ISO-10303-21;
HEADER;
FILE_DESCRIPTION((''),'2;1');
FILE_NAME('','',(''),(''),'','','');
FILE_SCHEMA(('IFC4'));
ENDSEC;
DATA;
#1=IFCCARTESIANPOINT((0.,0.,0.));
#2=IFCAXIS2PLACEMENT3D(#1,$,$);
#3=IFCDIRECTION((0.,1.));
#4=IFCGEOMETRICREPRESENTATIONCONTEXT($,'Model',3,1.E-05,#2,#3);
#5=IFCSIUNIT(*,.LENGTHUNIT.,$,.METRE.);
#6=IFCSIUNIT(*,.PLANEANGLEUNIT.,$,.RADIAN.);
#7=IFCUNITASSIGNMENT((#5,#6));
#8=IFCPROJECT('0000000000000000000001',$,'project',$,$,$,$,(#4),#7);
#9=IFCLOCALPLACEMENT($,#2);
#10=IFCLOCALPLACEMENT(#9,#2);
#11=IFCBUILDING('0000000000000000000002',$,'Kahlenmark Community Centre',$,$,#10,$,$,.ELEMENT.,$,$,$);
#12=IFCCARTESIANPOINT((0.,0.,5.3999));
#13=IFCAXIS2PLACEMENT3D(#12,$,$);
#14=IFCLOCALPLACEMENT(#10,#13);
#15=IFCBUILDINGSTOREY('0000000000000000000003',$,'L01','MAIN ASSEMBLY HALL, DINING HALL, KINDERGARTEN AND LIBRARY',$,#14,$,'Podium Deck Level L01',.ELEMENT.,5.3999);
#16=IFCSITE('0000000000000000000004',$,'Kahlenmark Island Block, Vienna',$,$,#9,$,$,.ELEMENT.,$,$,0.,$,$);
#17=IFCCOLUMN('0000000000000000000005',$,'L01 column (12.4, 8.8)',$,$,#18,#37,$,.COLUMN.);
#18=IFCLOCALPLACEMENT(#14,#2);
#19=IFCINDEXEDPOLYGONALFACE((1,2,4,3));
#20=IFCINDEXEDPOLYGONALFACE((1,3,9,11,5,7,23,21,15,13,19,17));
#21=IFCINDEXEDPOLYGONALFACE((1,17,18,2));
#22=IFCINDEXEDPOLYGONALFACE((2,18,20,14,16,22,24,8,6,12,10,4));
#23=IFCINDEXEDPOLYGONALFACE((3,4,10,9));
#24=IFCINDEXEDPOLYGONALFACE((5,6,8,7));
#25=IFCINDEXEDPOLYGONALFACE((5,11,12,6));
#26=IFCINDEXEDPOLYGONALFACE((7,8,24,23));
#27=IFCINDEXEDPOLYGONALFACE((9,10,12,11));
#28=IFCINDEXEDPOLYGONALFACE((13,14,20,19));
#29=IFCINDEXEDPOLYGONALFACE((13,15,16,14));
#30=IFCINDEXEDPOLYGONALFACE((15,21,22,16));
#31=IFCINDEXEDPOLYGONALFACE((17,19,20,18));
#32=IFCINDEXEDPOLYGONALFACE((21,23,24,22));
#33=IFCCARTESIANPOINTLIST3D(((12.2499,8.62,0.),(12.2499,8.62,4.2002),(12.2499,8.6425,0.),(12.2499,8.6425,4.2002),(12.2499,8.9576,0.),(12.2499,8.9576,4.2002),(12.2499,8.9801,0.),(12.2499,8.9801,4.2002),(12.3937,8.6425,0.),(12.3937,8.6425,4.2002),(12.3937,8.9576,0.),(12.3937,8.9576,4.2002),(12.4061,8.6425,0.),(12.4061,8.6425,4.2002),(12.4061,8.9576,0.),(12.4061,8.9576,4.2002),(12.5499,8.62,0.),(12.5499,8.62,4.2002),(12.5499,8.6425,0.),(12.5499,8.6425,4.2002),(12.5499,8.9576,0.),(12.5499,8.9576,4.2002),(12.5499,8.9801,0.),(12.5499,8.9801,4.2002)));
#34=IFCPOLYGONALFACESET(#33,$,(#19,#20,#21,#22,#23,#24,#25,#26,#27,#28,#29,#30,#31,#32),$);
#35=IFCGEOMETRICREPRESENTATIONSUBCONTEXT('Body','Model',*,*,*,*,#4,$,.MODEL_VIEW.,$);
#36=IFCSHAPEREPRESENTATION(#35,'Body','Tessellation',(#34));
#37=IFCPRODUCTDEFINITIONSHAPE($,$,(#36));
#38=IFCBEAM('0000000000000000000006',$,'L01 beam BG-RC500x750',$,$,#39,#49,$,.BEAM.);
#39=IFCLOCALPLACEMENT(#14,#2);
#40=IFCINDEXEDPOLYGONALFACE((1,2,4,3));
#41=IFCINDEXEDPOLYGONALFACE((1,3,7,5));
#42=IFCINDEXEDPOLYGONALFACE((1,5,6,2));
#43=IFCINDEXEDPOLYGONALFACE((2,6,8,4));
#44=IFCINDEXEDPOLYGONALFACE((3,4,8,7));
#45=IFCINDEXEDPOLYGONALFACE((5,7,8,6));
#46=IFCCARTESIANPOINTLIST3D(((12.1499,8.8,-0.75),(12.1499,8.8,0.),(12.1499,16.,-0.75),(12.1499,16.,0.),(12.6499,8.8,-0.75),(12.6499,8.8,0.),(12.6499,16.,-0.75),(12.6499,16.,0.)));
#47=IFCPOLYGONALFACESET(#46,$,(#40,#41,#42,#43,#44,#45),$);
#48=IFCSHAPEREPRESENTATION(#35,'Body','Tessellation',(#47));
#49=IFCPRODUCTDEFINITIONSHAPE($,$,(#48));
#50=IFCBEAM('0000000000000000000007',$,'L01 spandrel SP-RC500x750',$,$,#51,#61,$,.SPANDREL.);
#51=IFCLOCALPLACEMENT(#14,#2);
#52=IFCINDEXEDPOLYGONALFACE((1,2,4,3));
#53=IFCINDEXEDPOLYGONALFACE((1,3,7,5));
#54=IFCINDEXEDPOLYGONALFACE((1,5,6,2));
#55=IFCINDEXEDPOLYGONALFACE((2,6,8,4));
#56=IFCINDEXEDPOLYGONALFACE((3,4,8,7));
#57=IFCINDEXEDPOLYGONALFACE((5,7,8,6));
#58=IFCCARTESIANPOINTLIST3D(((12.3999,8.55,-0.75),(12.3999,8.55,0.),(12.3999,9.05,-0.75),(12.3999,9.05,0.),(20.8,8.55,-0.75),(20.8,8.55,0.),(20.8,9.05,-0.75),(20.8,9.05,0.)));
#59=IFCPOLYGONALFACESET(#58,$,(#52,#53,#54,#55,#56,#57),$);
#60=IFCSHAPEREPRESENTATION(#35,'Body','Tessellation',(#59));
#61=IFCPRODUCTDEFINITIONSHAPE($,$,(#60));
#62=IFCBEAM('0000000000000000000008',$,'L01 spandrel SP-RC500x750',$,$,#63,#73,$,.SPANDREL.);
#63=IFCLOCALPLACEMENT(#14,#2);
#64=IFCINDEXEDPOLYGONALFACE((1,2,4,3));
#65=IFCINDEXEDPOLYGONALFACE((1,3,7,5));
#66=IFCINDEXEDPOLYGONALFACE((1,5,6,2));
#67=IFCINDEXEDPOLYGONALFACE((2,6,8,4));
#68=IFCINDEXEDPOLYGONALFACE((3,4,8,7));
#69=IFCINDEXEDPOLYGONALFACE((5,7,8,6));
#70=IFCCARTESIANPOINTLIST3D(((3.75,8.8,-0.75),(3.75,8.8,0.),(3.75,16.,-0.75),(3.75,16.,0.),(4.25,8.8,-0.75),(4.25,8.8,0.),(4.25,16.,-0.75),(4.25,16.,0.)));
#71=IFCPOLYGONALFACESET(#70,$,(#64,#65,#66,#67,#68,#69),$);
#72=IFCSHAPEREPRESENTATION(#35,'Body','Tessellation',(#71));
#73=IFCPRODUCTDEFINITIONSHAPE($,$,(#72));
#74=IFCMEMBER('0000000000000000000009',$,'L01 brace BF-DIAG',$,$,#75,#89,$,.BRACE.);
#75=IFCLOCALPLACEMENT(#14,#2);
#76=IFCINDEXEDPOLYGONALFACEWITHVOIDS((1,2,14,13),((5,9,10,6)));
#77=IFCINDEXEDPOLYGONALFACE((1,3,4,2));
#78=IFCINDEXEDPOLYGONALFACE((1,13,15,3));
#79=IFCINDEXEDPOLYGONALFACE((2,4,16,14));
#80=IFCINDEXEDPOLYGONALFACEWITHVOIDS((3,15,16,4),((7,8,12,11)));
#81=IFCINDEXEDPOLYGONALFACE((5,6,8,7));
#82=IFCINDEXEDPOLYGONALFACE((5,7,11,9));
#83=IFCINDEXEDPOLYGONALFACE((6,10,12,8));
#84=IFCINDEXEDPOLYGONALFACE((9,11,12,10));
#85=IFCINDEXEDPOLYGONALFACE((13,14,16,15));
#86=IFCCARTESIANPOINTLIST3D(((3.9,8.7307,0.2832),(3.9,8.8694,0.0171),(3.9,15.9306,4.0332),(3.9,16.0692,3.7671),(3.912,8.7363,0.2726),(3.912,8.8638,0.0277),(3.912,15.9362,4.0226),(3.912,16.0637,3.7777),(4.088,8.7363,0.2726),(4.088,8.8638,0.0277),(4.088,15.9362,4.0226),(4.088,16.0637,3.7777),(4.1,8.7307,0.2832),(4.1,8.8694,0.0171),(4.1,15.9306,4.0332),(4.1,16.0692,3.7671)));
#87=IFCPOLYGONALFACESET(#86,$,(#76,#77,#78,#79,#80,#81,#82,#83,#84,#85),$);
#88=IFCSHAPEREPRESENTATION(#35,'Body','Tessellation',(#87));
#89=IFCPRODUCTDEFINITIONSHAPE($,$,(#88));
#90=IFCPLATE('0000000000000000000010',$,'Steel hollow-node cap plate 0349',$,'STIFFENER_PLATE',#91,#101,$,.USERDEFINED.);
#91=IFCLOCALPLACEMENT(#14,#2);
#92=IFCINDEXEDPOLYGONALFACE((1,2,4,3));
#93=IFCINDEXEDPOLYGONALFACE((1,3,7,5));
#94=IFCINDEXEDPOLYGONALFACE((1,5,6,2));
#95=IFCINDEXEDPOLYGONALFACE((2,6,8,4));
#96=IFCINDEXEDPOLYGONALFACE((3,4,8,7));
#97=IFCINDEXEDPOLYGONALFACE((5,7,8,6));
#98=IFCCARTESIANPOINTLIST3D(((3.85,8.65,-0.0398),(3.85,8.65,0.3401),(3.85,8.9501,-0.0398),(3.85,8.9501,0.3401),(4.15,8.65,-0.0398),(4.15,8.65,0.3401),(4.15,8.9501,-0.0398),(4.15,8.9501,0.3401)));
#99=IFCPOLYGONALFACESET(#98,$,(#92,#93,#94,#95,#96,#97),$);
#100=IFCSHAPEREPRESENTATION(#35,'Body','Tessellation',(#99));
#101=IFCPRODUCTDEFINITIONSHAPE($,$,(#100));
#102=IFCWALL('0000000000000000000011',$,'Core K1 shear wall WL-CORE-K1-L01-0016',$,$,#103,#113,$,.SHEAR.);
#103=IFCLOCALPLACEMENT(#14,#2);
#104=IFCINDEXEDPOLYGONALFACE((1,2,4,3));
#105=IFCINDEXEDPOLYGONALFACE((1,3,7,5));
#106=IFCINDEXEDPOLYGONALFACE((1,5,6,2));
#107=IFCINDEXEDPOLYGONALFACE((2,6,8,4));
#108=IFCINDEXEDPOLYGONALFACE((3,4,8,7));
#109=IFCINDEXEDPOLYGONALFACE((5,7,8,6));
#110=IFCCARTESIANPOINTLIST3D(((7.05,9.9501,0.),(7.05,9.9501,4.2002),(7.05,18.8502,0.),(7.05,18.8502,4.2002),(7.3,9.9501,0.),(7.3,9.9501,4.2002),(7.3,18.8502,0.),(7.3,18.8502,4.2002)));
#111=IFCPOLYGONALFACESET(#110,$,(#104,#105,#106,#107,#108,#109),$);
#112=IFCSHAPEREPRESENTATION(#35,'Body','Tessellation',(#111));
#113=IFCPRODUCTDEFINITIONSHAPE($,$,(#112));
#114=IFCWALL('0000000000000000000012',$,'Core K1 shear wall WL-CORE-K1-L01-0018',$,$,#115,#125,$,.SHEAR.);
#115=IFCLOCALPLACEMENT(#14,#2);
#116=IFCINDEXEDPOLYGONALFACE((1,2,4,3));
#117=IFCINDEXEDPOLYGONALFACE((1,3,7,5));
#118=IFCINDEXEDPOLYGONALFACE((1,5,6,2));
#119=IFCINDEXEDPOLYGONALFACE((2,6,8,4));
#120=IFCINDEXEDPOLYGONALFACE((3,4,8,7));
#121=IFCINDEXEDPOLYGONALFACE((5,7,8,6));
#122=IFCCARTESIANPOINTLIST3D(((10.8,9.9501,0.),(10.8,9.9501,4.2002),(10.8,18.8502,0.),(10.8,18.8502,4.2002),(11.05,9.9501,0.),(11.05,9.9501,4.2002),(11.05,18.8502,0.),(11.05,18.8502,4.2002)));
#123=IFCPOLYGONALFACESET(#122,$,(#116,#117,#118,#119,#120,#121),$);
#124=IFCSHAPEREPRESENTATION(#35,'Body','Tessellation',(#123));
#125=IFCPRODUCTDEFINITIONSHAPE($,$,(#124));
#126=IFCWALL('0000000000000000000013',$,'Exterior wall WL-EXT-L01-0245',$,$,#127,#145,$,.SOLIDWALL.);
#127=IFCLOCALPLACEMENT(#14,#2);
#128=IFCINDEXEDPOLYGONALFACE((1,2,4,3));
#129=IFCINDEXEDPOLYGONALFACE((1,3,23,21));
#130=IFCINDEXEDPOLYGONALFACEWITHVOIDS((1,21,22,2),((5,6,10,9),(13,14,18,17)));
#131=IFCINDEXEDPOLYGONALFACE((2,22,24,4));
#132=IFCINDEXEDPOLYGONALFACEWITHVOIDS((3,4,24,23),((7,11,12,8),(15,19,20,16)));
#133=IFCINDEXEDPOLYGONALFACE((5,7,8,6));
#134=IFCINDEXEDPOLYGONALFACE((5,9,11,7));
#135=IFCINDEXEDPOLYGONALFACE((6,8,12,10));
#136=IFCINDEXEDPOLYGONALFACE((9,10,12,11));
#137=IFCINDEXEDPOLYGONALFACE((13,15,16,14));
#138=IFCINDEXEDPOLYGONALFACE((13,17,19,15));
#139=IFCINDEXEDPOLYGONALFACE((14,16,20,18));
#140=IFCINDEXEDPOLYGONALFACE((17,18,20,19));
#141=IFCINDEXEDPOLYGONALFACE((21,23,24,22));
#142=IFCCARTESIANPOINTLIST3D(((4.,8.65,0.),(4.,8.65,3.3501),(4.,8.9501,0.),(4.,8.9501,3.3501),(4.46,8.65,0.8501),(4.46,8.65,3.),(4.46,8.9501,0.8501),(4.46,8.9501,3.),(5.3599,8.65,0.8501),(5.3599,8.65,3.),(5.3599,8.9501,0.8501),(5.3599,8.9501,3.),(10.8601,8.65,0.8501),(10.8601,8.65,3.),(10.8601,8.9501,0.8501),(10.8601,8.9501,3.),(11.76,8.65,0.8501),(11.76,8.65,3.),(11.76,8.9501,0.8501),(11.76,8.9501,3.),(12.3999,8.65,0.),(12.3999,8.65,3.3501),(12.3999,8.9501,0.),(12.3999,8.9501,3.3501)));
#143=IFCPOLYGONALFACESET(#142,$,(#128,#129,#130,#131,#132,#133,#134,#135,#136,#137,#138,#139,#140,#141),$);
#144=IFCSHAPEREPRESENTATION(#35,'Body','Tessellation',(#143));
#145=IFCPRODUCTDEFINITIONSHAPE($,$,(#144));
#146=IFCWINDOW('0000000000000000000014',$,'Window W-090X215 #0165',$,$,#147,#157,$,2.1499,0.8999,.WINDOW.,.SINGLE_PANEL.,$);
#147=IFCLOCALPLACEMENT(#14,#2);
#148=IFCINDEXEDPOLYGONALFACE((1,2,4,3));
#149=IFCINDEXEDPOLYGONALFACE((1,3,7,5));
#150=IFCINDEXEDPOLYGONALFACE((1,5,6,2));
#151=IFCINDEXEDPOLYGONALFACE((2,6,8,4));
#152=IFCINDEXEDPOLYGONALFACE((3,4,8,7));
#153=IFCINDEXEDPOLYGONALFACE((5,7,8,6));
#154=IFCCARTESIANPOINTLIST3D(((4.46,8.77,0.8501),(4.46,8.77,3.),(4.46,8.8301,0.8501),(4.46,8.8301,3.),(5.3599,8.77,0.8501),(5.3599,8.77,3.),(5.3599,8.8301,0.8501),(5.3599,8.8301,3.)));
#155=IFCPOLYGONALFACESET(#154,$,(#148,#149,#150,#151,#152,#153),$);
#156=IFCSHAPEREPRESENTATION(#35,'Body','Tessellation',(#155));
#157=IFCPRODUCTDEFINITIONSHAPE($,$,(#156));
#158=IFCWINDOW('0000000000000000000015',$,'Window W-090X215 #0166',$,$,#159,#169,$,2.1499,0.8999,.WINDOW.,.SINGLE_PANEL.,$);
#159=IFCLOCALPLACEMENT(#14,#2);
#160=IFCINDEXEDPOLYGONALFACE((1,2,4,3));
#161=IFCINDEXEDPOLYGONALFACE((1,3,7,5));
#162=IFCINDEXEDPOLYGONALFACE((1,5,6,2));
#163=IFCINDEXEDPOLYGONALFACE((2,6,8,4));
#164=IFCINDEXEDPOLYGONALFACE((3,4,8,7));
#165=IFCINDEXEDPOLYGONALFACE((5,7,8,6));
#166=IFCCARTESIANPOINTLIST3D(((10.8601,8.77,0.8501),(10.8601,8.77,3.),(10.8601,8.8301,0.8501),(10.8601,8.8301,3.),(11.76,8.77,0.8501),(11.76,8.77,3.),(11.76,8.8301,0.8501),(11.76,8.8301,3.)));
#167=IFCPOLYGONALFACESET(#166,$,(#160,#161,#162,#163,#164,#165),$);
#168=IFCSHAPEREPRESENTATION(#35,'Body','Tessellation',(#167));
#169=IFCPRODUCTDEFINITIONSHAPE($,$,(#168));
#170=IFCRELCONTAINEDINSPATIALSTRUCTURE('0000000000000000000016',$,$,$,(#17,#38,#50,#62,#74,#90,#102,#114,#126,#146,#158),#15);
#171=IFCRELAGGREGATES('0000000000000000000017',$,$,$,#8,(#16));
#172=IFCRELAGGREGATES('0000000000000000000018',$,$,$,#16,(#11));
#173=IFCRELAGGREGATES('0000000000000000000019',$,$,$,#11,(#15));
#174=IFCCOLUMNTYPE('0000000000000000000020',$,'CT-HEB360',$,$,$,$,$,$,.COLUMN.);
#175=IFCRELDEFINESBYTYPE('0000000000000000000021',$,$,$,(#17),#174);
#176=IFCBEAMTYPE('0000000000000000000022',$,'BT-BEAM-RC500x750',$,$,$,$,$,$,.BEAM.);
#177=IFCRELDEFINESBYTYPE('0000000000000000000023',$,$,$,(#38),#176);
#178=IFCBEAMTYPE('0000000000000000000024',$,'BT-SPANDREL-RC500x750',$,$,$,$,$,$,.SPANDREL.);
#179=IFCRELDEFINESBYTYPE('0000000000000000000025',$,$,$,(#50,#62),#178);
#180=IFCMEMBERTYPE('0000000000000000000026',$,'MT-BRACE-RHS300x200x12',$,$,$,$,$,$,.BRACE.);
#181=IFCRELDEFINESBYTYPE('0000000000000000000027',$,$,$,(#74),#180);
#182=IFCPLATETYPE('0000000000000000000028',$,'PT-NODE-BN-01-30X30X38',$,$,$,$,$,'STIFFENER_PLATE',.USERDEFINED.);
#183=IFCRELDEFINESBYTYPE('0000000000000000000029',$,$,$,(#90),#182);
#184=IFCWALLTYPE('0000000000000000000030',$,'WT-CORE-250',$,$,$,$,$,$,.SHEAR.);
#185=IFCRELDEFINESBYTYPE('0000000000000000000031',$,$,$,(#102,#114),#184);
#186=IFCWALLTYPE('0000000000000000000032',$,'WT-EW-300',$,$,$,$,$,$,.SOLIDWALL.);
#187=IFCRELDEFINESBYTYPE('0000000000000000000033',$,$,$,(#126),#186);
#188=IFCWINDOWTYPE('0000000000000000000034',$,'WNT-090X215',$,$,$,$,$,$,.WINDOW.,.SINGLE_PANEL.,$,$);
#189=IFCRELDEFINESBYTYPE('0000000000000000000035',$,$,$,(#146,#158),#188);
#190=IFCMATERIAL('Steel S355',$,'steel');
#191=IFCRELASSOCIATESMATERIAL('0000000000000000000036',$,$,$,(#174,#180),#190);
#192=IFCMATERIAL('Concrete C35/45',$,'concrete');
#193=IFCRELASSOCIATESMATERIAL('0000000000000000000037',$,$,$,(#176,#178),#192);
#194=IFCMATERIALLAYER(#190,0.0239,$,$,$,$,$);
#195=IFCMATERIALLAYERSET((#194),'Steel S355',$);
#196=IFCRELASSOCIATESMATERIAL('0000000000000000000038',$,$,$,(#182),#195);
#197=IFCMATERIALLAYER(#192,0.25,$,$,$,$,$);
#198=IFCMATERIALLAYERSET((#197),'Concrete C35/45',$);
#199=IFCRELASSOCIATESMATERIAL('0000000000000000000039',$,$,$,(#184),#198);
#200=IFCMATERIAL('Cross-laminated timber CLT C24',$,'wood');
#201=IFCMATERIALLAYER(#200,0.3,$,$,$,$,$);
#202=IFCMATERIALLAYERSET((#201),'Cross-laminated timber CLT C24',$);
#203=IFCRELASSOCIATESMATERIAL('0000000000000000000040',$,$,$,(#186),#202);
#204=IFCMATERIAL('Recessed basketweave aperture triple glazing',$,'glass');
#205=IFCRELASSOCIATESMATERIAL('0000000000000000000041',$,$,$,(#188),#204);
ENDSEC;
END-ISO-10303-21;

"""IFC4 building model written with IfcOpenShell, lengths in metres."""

from ifc_helpers import new_model, si_unit, direction, frame, frame_2d, origin, origin_2d, place, context, subcontext, project, spatial, rectangle, hollow_rectangle, i_section, extrude, material, layer, layer_set, material_profile, profile_set, type_object, element, fill, save


model = new_model("IFC4")

# Units and contexts
model_context = context("Model", 3, precision=1e-05, world=origin(), true_north=direction((0.0, 1.0)))
body_context = subcontext(model_context, "Body", "Model", "MODEL_VIEW")
ifc_project = project(units=[si_unit("LENGTHUNIT", "METRE"), si_unit("PLANEANGLEUNIT", "RADIAN")], contexts=[model_context])

# Site, building, storey
site_placement = place(None, origin())
site = spatial("IfcSite", under=ifc_project, at=site_placement, Name="Kahlenmark Island Block, Vienna", CompositionType="ELEMENT", RefElevation=0.0)
building_placement = place(site_placement, origin())
building = spatial("IfcBuilding", under=site, at=building_placement, Name="Kahlenmark Community Centre", CompositionType="ELEMENT")
storey_placement = place(building_placement, frame((0.0, 0.0, 5.3999)))
storey = spatial("IfcBuildingStorey", under=building, at=storey_placement, Name="L01", Description="MAIN ASSEMBLY HALL, DINING HALL, KINDERGARTEN AND LIBRARY", LongName="Podium Deck Level L01", CompositionType="ELEMENT", Elevation=5.3999)

# Column
ifc_material_1 = material(Name="Steel S355", Category="steel")
ifc_material_profile_1 = material_profile(ifc_material_1, i_section(OverallWidth=0.3, OverallDepth=0.3601, WebThickness=0.0125, FlangeThickness=0.0225, at=origin_2d()), Name="HEB 360")
ifc_profile_set_1 = profile_set([ifc_material_profile_1], Name="Steel S355")
column_type = type_object("IfcColumnType", Name="CT-HEB360", PredefinedType="COLUMN", material=ifc_profile_set_1)
column_placement = place(storey_placement, frame((12.3999, 8.8, 0.0), z_axis=(0.0, 0.0, 1.0), x_axis=(1.0, 0.0, 0.0)))
element("IfcColumn", 1, at=column_placement, inside=storey, type_object=column_type, Name="L01 column (12.4, 8.8)", PredefinedType="COLUMN", context=body_context, shape_type="SweptSolid", body=[
    extrude(i_section(OverallWidth=0.3, OverallDepth=0.3601, WebThickness=0.0125, FlangeThickness=0.0225, at=origin_2d()), origin(), (0.0, 0.0, 1.0), 4.2002),
])

# Beams
ifc_material_2 = material(Name="Concrete C35/45", Category="concrete")
ifc_material_profile_2 = material_profile(ifc_material_2, rectangle(XDim=0.5, YDim=0.75, at=origin_2d()), Name="RC 500x750")
ifc_profile_set_2 = profile_set([ifc_material_profile_2], Name="Concrete C35/45")
beam_type_1 = type_object("IfcBeamType", Name="BT-BEAM-RC500x750", PredefinedType="BEAM", material=ifc_profile_set_2)
beam_1_placement = place(storey_placement, frame((12.3999, 8.8, -0.375), z_axis=(0.0, 1.0, 0.0), x_axis=(-1.0, 0.0, 0.0)))
element("IfcBeam", 2, at=beam_1_placement, inside=storey, type_object=beam_type_1, Name="L01 beam BG-RC500x750", PredefinedType="BEAM", context=body_context, shape_type="SweptSolid", body=[
    extrude(rectangle(XDim=0.5, YDim=0.75, at=origin_2d()), origin(), (0.0, 0.0, 1.0), 7.2),
])
ifc_material_profile_3 = material_profile(ifc_material_2, rectangle(XDim=0.5, YDim=0.75, at=origin_2d()), Name="RC 500x750")
ifc_profile_set_3 = profile_set([ifc_material_profile_3], Name="Concrete C35/45")
beam_type_2 = type_object("IfcBeamType", Name="BT-SPANDREL-RC500x750", PredefinedType="SPANDREL", material=ifc_profile_set_3)
beam_2_placement = place(storey_placement, frame((12.3999, 8.8, -0.375), z_axis=(1.0, 0.0, 0.0), x_axis=(0.0, 1.0, 0.0)))
element("IfcBeam", 3, at=beam_2_placement, inside=storey, type_object=beam_type_2, Name="L01 spandrel SP-RC500x750", PredefinedType="SPANDREL", context=body_context, shape_type="SweptSolid", body=[
    extrude(rectangle(XDim=0.5, YDim=0.75, at=origin_2d()), origin(), (0.0, 0.0, 1.0), 8.4001),
])
beam_3_placement = place(storey_placement, frame((4.0, 8.8, -0.375), z_axis=(0.0, 1.0, 0.0), x_axis=(-1.0, 0.0, 0.0)))
element("IfcBeam", 4, at=beam_3_placement, inside=storey, type_object=beam_type_2, Name="L01 spandrel SP-RC500x750", PredefinedType="SPANDREL", context=body_context, shape_type="SweptSolid", body=[
    extrude(rectangle(XDim=0.5, YDim=0.75, at=origin_2d()), origin(), (0.0, 0.0, 1.0), 7.2),
])

# Member
ifc_material_profile_4 = material_profile(ifc_material_1, hollow_rectangle(XDim=0.2, YDim=0.3, WallThickness=0.012, at=origin_2d()), Name="RHS 300x200x12")
ifc_profile_set_4 = profile_set([ifc_material_profile_4], Name="Steel S355")
member_type = type_object("IfcMemberType", Name="MT-BRACE-RHS300x200x12", PredefinedType="BRACE", material=ifc_profile_set_4)
member_placement = place(storey_placement, frame((4.0, 8.8, 0.1501), z_axis=(0.0, 0.886913, 0.461937), x_axis=(-1.0, 0.0, 0.0)))
element("IfcMember", 5, at=member_placement, inside=storey, type_object=member_type, Name="L01 brace BF-DIAG", PredefinedType="BRACE", context=body_context, shape_type="SweptSolid", body=[
    extrude(hollow_rectangle(XDim=0.2, YDim=0.3, WallThickness=0.012, at=origin_2d()), origin(), (0.0, 0.0, 1.0), 8.1179),
])

# Plate
ifc_layer_1 = layer(ifc_material_1, 0.0239)
ifc_layer_set_1 = layer_set([ifc_layer_1], Name="Steel S355")
plate_type = type_object("IfcPlateType", Name="PT-NODE-BN-01-30X30X38", ElementType="STIFFENER_PLATE", PredefinedType="USERDEFINED", material=ifc_layer_set_1)
plate_placement = place(storey_placement, frame((4.0, 8.8, -0.0398), z_axis=(0.0, 0.0, 1.0), x_axis=(1.0, 0.0, 0.0)))
element("IfcPlate", 6, at=plate_placement, inside=storey, type_object=plate_type, Name="Steel hollow-node cap plate 0349", ObjectType="STIFFENER_PLATE", PredefinedType="USERDEFINED", context=body_context, shape_type="SweptSolid", body=[
    extrude(rectangle(XDim=0.3, YDim=0.3, at=origin_2d()), origin(), (0.0, 0.0, 1.0), 0.3799),
])

# Shared definitions
ifc_layer_2 = layer(ifc_material_2, 0.25)
ifc_layer_set_2 = layer_set([ifc_layer_2], Name="Concrete C35/45")
wall_type_1 = type_object("IfcWallType", Name="WT-CORE-250", PredefinedType="SHEAR", material=ifc_layer_set_2)

# Walls
for number, where, z_axis, x_axis, name in (
    (7, (7.175, 9.95, 0.0), (0.0, 0.0, 1.0), (0.0, 1.0, 0.0), "Core K1 shear wall WL-CORE-K1-L01-0016"),
    (8, (10.925, 9.95, 0.0), (0.0, 0.0, 1.0), (0.0, 1.0, 0.0), "Core K1 shear wall WL-CORE-K1-L01-0018"),
):
    element("IfcWall", number, at=place(storey_placement, frame(where, z_axis=z_axis, x_axis=x_axis)), inside=storey, type_object=wall_type_1, Name=name, PredefinedType="SHEAR", context=body_context, shape_type="SweptSolid", body=[
        extrude(rectangle(XDim=8.9001, YDim=0.25, at=frame_2d((4.4502, 0.0))), origin(), (0.0, 0.0, 1.0), 4.2002),
    ])

# Wall, openings, windows
ifc_material_3 = material(Name="Cross-laminated timber CLT C24", Category="wood")
ifc_layer_3 = layer(ifc_material_3, 0.3)
ifc_layer_set_3 = layer_set([ifc_layer_3], Name="Cross-laminated timber CLT C24")
wall_type_2 = type_object("IfcWallType", Name="WT-EW-300", PredefinedType="SOLIDWALL", material=ifc_layer_set_3)
wall_1_placement = place(storey_placement, frame((4.0, 8.8, 0.0), z_axis=(0.0, 0.0, 1.0), x_axis=(1.0, 0.0, 0.0)))
wall_1 = element("IfcWall", 9, at=wall_1_placement, inside=storey, type_object=wall_type_2, Name="Exterior wall WL-EXT-L01-0245", PredefinedType="SOLIDWALL", context=body_context, shape_type="SweptSolid", body=[
    extrude(rectangle(XDim=8.3999, YDim=0.3, at=frame_2d((4.2, 0.0))), origin(), (0.0, 0.0, 1.0), 3.3501),
])
opening_1_placement = place(wall_1_placement, frame((0.46, 0.0, 0.8501)))
opening_1 = element("IfcOpeningElement", 10, at=opening_1_placement, cuts=wall_1, PredefinedType="OPENING", context=body_context, shape_type="SweptSolid", body=[
    extrude(rectangle(XDim=0.8999, YDim=2.1499, at=frame_2d((0.45, 1.075))), frame((0.0, 0.1599, 0.0), z_axis=(0.0, -1.0, 0.0), x_axis=(1.0, 0.0, 0.0)), (0.0, 0.0, 1.0), 0.3201),
])
opening_2_placement = place(wall_1_placement, frame((6.8601, 0.0, 0.8501)))
opening_2 = element("IfcOpeningElement", 11, at=opening_2_placement, cuts=wall_1, PredefinedType="OPENING", context=body_context, shape_type="SweptSolid", body=[
    extrude(rectangle(XDim=0.8999, YDim=2.1499, at=frame_2d((0.45, 1.075))), frame((0.0, 0.1599, 0.0), z_axis=(0.0, -1.0, 0.0), x_axis=(1.0, 0.0, 0.0)), (0.0, 0.0, 1.0), 0.3201),
])
ifc_material_4 = material(Name="Recessed basketweave aperture triple glazing", Category="glass")
window_type = type_object("IfcWindowType", Name="WNT-090X215", PartitioningType="SINGLE_PANEL", PredefinedType="WINDOW", material=ifc_material_4)
window_1_placement = place(opening_1_placement, origin())
window_1 = element("IfcWindow", 12, at=window_1_placement, inside=storey, type_object=window_type, Name="Window W-090X215 #0165", OverallHeight=2.1499, OverallWidth=0.8999, PartitioningType="SINGLE_PANEL", PredefinedType="WINDOW", context=body_context, shape_type="SweptSolid", body=[
    extrude(rectangle(XDim=0.8999, YDim=2.1499, at=frame_2d((0.45, 1.075))), frame((0.0, 0.03, 0.0), z_axis=(0.0, -1.0, 0.0), x_axis=(1.0, 0.0, 0.0)), (0.0, 0.0, 1.0), 0.0601),
])
fill(opening_1, window_1)
window_2_placement = place(opening_2_placement, origin())
window_2 = element("IfcWindow", 13, at=window_2_placement, inside=storey, type_object=window_type, Name="Window W-090X215 #0166", OverallHeight=2.1499, OverallWidth=0.8999, PartitioningType="SINGLE_PANEL", PredefinedType="WINDOW", context=body_context, shape_type="SweptSolid", body=[
    extrude(rectangle(XDim=0.8999, YDim=2.1499, at=frame_2d((0.45, 1.075))), frame((0.0, 0.03, 0.0), z_axis=(0.0, -1.0, 0.0), x_axis=(1.0, 0.0, 0.0)), (0.0, 0.0, 1.0), 0.0601),
])
fill(opening_2, window_2)

save(model, "model.ifc")
